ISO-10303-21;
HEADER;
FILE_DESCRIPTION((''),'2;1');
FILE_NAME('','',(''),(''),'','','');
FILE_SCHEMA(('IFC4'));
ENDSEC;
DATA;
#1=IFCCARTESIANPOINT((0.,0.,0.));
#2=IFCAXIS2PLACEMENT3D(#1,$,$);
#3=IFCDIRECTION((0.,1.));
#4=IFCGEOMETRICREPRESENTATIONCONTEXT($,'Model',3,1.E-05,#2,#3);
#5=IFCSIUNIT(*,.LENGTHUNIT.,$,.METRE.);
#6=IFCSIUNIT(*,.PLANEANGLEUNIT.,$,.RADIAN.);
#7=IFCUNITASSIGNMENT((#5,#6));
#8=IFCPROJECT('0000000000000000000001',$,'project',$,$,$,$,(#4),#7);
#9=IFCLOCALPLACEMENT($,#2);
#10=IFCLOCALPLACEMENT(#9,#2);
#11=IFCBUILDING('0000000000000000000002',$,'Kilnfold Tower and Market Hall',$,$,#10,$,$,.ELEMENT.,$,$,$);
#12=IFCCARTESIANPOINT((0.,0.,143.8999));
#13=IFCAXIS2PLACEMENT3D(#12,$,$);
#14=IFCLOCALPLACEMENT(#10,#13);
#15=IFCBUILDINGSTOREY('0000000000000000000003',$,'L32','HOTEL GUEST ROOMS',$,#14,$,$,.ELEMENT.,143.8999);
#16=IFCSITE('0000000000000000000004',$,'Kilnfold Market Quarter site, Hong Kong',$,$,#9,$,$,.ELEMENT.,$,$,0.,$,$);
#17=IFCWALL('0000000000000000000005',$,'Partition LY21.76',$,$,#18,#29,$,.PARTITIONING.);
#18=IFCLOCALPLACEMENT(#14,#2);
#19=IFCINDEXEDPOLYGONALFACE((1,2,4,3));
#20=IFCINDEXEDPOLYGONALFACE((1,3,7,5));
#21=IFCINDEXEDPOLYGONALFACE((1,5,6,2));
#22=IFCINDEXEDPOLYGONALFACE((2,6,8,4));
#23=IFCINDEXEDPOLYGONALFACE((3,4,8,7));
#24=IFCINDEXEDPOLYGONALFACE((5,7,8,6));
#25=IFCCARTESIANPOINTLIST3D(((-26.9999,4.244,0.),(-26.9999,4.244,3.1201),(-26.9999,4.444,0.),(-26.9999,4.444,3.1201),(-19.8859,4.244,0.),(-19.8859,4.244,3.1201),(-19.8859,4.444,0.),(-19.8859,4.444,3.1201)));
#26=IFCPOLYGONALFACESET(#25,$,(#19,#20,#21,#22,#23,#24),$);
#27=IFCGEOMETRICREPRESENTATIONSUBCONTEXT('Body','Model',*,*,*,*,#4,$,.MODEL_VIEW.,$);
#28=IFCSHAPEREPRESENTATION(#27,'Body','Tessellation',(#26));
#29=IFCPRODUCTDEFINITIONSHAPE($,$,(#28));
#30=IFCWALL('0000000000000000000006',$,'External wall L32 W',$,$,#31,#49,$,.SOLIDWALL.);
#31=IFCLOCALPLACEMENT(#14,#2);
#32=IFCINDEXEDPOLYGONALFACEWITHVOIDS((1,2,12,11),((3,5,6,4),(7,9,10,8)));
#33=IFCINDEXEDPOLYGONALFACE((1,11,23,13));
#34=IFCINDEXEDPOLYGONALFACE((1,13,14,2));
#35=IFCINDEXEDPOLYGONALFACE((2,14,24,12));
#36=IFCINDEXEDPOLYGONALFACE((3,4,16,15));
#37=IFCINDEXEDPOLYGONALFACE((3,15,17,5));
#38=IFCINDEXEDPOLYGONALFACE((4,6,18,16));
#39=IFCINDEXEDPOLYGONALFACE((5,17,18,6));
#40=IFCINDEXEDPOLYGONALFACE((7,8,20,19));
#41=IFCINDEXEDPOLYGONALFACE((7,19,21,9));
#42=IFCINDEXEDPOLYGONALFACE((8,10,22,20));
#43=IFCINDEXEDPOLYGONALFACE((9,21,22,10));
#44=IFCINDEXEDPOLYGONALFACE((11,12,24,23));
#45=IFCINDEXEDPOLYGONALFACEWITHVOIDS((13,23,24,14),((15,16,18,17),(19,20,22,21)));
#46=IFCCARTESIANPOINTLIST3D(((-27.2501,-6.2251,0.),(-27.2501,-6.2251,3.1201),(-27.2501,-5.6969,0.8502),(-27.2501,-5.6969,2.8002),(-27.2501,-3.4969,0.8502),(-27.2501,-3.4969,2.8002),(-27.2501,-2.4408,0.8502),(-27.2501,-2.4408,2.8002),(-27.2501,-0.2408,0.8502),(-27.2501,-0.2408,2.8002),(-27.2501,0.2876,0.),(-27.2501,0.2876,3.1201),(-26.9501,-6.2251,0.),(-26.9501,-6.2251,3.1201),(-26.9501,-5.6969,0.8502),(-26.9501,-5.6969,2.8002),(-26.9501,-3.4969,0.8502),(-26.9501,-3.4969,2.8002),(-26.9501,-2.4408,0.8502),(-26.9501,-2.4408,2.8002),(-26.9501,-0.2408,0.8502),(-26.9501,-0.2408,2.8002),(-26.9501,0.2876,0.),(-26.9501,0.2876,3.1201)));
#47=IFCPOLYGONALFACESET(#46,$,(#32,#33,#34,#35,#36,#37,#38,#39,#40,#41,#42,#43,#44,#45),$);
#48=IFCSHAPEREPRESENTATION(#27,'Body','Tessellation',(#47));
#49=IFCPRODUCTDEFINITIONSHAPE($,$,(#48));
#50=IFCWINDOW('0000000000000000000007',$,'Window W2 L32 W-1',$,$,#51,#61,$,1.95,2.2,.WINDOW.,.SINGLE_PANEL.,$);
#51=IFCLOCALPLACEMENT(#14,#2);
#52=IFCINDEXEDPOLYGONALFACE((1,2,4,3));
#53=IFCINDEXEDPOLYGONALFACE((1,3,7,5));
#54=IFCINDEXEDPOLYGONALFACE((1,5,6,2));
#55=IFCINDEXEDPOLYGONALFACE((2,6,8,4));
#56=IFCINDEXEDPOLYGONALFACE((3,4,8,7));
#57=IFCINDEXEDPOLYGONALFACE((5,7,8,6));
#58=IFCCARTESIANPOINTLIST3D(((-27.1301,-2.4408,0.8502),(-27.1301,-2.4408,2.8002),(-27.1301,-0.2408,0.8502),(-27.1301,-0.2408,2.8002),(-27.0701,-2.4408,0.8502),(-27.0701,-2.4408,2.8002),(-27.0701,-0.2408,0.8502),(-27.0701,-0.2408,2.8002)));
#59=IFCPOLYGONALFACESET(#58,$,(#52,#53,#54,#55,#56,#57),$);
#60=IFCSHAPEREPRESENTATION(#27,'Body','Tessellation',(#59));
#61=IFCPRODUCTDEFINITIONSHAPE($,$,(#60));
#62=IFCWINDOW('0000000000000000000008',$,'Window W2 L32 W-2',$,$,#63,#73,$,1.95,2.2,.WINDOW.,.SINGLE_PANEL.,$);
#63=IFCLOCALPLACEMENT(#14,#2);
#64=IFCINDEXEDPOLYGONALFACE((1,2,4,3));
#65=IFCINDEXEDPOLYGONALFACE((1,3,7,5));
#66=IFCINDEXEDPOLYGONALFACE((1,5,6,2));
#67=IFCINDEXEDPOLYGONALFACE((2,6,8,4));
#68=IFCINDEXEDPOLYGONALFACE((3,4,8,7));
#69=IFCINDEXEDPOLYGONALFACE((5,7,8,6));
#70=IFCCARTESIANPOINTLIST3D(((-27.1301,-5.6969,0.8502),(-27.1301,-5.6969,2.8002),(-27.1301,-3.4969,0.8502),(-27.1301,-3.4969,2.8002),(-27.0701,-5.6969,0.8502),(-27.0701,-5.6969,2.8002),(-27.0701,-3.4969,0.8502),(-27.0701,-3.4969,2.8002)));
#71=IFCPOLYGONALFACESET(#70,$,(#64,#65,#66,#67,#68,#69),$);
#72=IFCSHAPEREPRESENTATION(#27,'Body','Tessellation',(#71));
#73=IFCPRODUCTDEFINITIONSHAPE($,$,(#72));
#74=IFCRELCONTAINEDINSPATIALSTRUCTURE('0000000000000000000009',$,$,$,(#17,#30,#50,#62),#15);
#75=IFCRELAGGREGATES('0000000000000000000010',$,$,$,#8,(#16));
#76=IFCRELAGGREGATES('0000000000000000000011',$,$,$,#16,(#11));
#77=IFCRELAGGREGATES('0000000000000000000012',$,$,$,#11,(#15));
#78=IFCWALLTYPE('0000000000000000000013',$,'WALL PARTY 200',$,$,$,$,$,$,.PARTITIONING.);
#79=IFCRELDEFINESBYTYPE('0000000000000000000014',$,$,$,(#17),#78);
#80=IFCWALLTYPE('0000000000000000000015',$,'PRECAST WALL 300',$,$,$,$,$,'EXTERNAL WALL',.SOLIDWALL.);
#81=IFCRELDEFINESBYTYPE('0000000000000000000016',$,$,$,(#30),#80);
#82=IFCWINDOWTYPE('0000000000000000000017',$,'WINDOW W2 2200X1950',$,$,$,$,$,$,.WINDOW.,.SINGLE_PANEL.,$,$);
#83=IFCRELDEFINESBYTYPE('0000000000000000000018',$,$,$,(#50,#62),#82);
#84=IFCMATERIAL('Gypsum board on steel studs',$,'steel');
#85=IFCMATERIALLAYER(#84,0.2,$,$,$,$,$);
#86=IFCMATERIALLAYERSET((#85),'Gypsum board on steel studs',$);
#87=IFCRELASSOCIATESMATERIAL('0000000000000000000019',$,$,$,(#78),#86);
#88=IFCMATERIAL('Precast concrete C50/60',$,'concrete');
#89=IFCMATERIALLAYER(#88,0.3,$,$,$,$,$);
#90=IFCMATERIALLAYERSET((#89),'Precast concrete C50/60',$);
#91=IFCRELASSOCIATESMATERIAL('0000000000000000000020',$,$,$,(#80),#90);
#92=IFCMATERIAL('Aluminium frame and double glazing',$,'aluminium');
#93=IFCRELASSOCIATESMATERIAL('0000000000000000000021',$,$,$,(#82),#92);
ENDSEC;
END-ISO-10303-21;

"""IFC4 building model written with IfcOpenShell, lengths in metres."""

from ifc_helpers import new_model, si_unit, direction, frame, frame_2d, origin, place, context, subcontext, project, spatial, rectangle, extrude, source, transform, mapped, material, layer, layer_set, type_object, element, fill, save


model = new_model("IFC4")

# Units and contexts
model_context = context("Model", 3, precision=1e-05, world=origin(), true_north=direction((0.0, 1.0)))
body_context = subcontext(model_context, "Body", "Model", "MODEL_VIEW")
ifc_project = project(units=[si_unit("LENGTHUNIT", "METRE"), si_unit("PLANEANGLEUNIT", "RADIAN")], contexts=[model_context])

# Site, building, storey
site_placement = place(None, origin())
site = spatial("IfcSite", under=ifc_project, at=site_placement, Name="Kilnfold Market Quarter site, Hong Kong", CompositionType="ELEMENT", RefElevation=0.0)
building_placement = place(site_placement, origin())
building = spatial("IfcBuilding", under=site, at=building_placement, Name="Kilnfold Tower and Market Hall", CompositionType="ELEMENT")
storey_placement = place(building_placement, frame((0.0, 0.0, 143.8999)))
storey = spatial("IfcBuildingStorey", under=building, at=storey_placement, Name="L32", Description="HOTEL GUEST ROOMS", CompositionType="ELEMENT", Elevation=143.8999)

# Wall
ifc_material_1 = material(Name="Gypsum board on steel studs", Category="steel")
ifc_layer_1 = layer(ifc_material_1, 0.2)
ifc_layer_set_1 = layer_set([ifc_layer_1], Name="Gypsum board on steel studs")
wall_type_1 = type_object("IfcWallType", Name="WALL PARTY 200", PredefinedType="PARTITIONING", material=ifc_layer_set_1)
wall_1_placement = place(storey_placement, frame((-27.0, 4.344, 0.0), z_axis=(0.0, 0.0, 1.0), x_axis=(1.0, 0.0, 0.0)))
element("IfcWall", 1, at=wall_1_placement, inside=storey, type_object=wall_type_1, Name="Partition LY21.76", PredefinedType="PARTITIONING", context=body_context, shape_type="SweptSolid", body=[
    extrude(rectangle(XDim=7.114, YDim=0.2, at=frame_2d((3.5571, 0.0))), origin(), (0.0, 0.0, 1.0), 3.1201),
])

# Wall, openings, windows
ifc_material_2 = material(Name="Precast concrete C50/60", Category="concrete")
ifc_layer_2 = layer(ifc_material_2, 0.3)
ifc_layer_set_2 = layer_set([ifc_layer_2], Name="Precast concrete C50/60")
wall_type_2 = type_object("IfcWallType", Name="PRECAST WALL 300", ElementType="EXTERNAL WALL", PredefinedType="SOLIDWALL", material=ifc_layer_set_2)
shared_shape_1 = source(origin(), body_context, "Body", "SweptSolid", [
    extrude(rectangle(XDim=6.5127, YDim=0.3, at=frame_2d((3.2563, 0.0))), origin(), (0.0, 0.0, 1.0), 3.1201),
])
wall_2_placement = place(storey_placement, frame((-27.1001, 0.2876, 0.0), z_axis=(0.0, 0.0, 1.0), x_axis=(0.0, -1.0, 0.0)))
wall_2 = element("IfcWall", 2, at=wall_2_placement, inside=storey, type_object=wall_type_2, Name="External wall L32 W", PredefinedType="SOLIDWALL", context=body_context, shape_type="MappedRepresentation", body=[
    mapped(shared_shape_1, transform((0.0, 0.0, 0.0))),
])
opening_1_placement = place(wall_2_placement, frame((0.5283, 0.0, 0.8501)))
opening_1 = element("IfcOpeningElement", 3, at=opening_1_placement, cuts=wall_2, PredefinedType="OPENING", context=body_context, shape_type="SweptSolid", body=[
    extrude(rectangle(XDim=2.2, YDim=1.95, at=frame_2d((1.1001, 0.9751))), frame((0.0, 0.1602, 0.0), z_axis=(0.0, -1.0, 0.0), x_axis=(1.0, 0.0, 0.0)), (0.0, 0.0, 1.0), 0.3201),
])
opening_2_placement = place(wall_2_placement, frame((3.7844, 0.0, 0.8501)))
opening_2 = element("IfcOpeningElement", 4, at=opening_2_placement, cuts=wall_2, PredefinedType="OPENING", context=body_context, shape_type="SweptSolid", body=[
    extrude(rectangle(XDim=2.2, YDim=1.95, at=frame_2d((1.1001, 0.9751))), frame((0.0, 0.1602, 0.0), z_axis=(0.0, -1.0, 0.0), x_axis=(1.0, 0.0, 0.0)), (0.0, 0.0, 1.0), 0.3201),
])
ifc_material_3 = material(Name="Aluminium frame and double glazing", Category="aluminium")
window_type = type_object("IfcWindowType", Name="WINDOW W2 2200X1950", PartitioningType="SINGLE_PANEL", PredefinedType="WINDOW", material=ifc_material_3)
window_1_placement = place(opening_1_placement, origin())
window_1 = element("IfcWindow", 5, at=window_1_placement, inside=storey, type_object=window_type, Name="Window W2 L32 W-1", OverallHeight=1.95, OverallWidth=2.2, PartitioningType="SINGLE_PANEL", PredefinedType="WINDOW", context=body_context, shape_type="SweptSolid", body=[
    extrude(rectangle(XDim=2.2, YDim=1.95, at=frame_2d((1.1001, 0.9751))), frame((0.0, 0.03, 0.0), z_axis=(0.0, -1.0, 0.0), x_axis=(1.0, 0.0, 0.0)), (0.0, 0.0, 1.0), 0.0601),
])
fill(opening_1, window_1)
window_2_placement = place(opening_2_placement, origin())
window_2 = element("IfcWindow", 6, at=window_2_placement, inside=storey, type_object=window_type, Name="Window W2 L32 W-2", OverallHeight=1.95, OverallWidth=2.2, PartitioningType="SINGLE_PANEL", PredefinedType="WINDOW", context=body_context, shape_type="SweptSolid", body=[
    extrude(rectangle(XDim=2.2, YDim=1.95, at=frame_2d((1.1001, 0.9751))), frame((0.0, 0.03, 0.0), z_axis=(0.0, -1.0, 0.0), x_axis=(1.0, 0.0, 0.0)), (0.0, 0.0, 1.0), 0.0601),
])
fill(opening_2, window_2)

save(model, "model.ifc")
